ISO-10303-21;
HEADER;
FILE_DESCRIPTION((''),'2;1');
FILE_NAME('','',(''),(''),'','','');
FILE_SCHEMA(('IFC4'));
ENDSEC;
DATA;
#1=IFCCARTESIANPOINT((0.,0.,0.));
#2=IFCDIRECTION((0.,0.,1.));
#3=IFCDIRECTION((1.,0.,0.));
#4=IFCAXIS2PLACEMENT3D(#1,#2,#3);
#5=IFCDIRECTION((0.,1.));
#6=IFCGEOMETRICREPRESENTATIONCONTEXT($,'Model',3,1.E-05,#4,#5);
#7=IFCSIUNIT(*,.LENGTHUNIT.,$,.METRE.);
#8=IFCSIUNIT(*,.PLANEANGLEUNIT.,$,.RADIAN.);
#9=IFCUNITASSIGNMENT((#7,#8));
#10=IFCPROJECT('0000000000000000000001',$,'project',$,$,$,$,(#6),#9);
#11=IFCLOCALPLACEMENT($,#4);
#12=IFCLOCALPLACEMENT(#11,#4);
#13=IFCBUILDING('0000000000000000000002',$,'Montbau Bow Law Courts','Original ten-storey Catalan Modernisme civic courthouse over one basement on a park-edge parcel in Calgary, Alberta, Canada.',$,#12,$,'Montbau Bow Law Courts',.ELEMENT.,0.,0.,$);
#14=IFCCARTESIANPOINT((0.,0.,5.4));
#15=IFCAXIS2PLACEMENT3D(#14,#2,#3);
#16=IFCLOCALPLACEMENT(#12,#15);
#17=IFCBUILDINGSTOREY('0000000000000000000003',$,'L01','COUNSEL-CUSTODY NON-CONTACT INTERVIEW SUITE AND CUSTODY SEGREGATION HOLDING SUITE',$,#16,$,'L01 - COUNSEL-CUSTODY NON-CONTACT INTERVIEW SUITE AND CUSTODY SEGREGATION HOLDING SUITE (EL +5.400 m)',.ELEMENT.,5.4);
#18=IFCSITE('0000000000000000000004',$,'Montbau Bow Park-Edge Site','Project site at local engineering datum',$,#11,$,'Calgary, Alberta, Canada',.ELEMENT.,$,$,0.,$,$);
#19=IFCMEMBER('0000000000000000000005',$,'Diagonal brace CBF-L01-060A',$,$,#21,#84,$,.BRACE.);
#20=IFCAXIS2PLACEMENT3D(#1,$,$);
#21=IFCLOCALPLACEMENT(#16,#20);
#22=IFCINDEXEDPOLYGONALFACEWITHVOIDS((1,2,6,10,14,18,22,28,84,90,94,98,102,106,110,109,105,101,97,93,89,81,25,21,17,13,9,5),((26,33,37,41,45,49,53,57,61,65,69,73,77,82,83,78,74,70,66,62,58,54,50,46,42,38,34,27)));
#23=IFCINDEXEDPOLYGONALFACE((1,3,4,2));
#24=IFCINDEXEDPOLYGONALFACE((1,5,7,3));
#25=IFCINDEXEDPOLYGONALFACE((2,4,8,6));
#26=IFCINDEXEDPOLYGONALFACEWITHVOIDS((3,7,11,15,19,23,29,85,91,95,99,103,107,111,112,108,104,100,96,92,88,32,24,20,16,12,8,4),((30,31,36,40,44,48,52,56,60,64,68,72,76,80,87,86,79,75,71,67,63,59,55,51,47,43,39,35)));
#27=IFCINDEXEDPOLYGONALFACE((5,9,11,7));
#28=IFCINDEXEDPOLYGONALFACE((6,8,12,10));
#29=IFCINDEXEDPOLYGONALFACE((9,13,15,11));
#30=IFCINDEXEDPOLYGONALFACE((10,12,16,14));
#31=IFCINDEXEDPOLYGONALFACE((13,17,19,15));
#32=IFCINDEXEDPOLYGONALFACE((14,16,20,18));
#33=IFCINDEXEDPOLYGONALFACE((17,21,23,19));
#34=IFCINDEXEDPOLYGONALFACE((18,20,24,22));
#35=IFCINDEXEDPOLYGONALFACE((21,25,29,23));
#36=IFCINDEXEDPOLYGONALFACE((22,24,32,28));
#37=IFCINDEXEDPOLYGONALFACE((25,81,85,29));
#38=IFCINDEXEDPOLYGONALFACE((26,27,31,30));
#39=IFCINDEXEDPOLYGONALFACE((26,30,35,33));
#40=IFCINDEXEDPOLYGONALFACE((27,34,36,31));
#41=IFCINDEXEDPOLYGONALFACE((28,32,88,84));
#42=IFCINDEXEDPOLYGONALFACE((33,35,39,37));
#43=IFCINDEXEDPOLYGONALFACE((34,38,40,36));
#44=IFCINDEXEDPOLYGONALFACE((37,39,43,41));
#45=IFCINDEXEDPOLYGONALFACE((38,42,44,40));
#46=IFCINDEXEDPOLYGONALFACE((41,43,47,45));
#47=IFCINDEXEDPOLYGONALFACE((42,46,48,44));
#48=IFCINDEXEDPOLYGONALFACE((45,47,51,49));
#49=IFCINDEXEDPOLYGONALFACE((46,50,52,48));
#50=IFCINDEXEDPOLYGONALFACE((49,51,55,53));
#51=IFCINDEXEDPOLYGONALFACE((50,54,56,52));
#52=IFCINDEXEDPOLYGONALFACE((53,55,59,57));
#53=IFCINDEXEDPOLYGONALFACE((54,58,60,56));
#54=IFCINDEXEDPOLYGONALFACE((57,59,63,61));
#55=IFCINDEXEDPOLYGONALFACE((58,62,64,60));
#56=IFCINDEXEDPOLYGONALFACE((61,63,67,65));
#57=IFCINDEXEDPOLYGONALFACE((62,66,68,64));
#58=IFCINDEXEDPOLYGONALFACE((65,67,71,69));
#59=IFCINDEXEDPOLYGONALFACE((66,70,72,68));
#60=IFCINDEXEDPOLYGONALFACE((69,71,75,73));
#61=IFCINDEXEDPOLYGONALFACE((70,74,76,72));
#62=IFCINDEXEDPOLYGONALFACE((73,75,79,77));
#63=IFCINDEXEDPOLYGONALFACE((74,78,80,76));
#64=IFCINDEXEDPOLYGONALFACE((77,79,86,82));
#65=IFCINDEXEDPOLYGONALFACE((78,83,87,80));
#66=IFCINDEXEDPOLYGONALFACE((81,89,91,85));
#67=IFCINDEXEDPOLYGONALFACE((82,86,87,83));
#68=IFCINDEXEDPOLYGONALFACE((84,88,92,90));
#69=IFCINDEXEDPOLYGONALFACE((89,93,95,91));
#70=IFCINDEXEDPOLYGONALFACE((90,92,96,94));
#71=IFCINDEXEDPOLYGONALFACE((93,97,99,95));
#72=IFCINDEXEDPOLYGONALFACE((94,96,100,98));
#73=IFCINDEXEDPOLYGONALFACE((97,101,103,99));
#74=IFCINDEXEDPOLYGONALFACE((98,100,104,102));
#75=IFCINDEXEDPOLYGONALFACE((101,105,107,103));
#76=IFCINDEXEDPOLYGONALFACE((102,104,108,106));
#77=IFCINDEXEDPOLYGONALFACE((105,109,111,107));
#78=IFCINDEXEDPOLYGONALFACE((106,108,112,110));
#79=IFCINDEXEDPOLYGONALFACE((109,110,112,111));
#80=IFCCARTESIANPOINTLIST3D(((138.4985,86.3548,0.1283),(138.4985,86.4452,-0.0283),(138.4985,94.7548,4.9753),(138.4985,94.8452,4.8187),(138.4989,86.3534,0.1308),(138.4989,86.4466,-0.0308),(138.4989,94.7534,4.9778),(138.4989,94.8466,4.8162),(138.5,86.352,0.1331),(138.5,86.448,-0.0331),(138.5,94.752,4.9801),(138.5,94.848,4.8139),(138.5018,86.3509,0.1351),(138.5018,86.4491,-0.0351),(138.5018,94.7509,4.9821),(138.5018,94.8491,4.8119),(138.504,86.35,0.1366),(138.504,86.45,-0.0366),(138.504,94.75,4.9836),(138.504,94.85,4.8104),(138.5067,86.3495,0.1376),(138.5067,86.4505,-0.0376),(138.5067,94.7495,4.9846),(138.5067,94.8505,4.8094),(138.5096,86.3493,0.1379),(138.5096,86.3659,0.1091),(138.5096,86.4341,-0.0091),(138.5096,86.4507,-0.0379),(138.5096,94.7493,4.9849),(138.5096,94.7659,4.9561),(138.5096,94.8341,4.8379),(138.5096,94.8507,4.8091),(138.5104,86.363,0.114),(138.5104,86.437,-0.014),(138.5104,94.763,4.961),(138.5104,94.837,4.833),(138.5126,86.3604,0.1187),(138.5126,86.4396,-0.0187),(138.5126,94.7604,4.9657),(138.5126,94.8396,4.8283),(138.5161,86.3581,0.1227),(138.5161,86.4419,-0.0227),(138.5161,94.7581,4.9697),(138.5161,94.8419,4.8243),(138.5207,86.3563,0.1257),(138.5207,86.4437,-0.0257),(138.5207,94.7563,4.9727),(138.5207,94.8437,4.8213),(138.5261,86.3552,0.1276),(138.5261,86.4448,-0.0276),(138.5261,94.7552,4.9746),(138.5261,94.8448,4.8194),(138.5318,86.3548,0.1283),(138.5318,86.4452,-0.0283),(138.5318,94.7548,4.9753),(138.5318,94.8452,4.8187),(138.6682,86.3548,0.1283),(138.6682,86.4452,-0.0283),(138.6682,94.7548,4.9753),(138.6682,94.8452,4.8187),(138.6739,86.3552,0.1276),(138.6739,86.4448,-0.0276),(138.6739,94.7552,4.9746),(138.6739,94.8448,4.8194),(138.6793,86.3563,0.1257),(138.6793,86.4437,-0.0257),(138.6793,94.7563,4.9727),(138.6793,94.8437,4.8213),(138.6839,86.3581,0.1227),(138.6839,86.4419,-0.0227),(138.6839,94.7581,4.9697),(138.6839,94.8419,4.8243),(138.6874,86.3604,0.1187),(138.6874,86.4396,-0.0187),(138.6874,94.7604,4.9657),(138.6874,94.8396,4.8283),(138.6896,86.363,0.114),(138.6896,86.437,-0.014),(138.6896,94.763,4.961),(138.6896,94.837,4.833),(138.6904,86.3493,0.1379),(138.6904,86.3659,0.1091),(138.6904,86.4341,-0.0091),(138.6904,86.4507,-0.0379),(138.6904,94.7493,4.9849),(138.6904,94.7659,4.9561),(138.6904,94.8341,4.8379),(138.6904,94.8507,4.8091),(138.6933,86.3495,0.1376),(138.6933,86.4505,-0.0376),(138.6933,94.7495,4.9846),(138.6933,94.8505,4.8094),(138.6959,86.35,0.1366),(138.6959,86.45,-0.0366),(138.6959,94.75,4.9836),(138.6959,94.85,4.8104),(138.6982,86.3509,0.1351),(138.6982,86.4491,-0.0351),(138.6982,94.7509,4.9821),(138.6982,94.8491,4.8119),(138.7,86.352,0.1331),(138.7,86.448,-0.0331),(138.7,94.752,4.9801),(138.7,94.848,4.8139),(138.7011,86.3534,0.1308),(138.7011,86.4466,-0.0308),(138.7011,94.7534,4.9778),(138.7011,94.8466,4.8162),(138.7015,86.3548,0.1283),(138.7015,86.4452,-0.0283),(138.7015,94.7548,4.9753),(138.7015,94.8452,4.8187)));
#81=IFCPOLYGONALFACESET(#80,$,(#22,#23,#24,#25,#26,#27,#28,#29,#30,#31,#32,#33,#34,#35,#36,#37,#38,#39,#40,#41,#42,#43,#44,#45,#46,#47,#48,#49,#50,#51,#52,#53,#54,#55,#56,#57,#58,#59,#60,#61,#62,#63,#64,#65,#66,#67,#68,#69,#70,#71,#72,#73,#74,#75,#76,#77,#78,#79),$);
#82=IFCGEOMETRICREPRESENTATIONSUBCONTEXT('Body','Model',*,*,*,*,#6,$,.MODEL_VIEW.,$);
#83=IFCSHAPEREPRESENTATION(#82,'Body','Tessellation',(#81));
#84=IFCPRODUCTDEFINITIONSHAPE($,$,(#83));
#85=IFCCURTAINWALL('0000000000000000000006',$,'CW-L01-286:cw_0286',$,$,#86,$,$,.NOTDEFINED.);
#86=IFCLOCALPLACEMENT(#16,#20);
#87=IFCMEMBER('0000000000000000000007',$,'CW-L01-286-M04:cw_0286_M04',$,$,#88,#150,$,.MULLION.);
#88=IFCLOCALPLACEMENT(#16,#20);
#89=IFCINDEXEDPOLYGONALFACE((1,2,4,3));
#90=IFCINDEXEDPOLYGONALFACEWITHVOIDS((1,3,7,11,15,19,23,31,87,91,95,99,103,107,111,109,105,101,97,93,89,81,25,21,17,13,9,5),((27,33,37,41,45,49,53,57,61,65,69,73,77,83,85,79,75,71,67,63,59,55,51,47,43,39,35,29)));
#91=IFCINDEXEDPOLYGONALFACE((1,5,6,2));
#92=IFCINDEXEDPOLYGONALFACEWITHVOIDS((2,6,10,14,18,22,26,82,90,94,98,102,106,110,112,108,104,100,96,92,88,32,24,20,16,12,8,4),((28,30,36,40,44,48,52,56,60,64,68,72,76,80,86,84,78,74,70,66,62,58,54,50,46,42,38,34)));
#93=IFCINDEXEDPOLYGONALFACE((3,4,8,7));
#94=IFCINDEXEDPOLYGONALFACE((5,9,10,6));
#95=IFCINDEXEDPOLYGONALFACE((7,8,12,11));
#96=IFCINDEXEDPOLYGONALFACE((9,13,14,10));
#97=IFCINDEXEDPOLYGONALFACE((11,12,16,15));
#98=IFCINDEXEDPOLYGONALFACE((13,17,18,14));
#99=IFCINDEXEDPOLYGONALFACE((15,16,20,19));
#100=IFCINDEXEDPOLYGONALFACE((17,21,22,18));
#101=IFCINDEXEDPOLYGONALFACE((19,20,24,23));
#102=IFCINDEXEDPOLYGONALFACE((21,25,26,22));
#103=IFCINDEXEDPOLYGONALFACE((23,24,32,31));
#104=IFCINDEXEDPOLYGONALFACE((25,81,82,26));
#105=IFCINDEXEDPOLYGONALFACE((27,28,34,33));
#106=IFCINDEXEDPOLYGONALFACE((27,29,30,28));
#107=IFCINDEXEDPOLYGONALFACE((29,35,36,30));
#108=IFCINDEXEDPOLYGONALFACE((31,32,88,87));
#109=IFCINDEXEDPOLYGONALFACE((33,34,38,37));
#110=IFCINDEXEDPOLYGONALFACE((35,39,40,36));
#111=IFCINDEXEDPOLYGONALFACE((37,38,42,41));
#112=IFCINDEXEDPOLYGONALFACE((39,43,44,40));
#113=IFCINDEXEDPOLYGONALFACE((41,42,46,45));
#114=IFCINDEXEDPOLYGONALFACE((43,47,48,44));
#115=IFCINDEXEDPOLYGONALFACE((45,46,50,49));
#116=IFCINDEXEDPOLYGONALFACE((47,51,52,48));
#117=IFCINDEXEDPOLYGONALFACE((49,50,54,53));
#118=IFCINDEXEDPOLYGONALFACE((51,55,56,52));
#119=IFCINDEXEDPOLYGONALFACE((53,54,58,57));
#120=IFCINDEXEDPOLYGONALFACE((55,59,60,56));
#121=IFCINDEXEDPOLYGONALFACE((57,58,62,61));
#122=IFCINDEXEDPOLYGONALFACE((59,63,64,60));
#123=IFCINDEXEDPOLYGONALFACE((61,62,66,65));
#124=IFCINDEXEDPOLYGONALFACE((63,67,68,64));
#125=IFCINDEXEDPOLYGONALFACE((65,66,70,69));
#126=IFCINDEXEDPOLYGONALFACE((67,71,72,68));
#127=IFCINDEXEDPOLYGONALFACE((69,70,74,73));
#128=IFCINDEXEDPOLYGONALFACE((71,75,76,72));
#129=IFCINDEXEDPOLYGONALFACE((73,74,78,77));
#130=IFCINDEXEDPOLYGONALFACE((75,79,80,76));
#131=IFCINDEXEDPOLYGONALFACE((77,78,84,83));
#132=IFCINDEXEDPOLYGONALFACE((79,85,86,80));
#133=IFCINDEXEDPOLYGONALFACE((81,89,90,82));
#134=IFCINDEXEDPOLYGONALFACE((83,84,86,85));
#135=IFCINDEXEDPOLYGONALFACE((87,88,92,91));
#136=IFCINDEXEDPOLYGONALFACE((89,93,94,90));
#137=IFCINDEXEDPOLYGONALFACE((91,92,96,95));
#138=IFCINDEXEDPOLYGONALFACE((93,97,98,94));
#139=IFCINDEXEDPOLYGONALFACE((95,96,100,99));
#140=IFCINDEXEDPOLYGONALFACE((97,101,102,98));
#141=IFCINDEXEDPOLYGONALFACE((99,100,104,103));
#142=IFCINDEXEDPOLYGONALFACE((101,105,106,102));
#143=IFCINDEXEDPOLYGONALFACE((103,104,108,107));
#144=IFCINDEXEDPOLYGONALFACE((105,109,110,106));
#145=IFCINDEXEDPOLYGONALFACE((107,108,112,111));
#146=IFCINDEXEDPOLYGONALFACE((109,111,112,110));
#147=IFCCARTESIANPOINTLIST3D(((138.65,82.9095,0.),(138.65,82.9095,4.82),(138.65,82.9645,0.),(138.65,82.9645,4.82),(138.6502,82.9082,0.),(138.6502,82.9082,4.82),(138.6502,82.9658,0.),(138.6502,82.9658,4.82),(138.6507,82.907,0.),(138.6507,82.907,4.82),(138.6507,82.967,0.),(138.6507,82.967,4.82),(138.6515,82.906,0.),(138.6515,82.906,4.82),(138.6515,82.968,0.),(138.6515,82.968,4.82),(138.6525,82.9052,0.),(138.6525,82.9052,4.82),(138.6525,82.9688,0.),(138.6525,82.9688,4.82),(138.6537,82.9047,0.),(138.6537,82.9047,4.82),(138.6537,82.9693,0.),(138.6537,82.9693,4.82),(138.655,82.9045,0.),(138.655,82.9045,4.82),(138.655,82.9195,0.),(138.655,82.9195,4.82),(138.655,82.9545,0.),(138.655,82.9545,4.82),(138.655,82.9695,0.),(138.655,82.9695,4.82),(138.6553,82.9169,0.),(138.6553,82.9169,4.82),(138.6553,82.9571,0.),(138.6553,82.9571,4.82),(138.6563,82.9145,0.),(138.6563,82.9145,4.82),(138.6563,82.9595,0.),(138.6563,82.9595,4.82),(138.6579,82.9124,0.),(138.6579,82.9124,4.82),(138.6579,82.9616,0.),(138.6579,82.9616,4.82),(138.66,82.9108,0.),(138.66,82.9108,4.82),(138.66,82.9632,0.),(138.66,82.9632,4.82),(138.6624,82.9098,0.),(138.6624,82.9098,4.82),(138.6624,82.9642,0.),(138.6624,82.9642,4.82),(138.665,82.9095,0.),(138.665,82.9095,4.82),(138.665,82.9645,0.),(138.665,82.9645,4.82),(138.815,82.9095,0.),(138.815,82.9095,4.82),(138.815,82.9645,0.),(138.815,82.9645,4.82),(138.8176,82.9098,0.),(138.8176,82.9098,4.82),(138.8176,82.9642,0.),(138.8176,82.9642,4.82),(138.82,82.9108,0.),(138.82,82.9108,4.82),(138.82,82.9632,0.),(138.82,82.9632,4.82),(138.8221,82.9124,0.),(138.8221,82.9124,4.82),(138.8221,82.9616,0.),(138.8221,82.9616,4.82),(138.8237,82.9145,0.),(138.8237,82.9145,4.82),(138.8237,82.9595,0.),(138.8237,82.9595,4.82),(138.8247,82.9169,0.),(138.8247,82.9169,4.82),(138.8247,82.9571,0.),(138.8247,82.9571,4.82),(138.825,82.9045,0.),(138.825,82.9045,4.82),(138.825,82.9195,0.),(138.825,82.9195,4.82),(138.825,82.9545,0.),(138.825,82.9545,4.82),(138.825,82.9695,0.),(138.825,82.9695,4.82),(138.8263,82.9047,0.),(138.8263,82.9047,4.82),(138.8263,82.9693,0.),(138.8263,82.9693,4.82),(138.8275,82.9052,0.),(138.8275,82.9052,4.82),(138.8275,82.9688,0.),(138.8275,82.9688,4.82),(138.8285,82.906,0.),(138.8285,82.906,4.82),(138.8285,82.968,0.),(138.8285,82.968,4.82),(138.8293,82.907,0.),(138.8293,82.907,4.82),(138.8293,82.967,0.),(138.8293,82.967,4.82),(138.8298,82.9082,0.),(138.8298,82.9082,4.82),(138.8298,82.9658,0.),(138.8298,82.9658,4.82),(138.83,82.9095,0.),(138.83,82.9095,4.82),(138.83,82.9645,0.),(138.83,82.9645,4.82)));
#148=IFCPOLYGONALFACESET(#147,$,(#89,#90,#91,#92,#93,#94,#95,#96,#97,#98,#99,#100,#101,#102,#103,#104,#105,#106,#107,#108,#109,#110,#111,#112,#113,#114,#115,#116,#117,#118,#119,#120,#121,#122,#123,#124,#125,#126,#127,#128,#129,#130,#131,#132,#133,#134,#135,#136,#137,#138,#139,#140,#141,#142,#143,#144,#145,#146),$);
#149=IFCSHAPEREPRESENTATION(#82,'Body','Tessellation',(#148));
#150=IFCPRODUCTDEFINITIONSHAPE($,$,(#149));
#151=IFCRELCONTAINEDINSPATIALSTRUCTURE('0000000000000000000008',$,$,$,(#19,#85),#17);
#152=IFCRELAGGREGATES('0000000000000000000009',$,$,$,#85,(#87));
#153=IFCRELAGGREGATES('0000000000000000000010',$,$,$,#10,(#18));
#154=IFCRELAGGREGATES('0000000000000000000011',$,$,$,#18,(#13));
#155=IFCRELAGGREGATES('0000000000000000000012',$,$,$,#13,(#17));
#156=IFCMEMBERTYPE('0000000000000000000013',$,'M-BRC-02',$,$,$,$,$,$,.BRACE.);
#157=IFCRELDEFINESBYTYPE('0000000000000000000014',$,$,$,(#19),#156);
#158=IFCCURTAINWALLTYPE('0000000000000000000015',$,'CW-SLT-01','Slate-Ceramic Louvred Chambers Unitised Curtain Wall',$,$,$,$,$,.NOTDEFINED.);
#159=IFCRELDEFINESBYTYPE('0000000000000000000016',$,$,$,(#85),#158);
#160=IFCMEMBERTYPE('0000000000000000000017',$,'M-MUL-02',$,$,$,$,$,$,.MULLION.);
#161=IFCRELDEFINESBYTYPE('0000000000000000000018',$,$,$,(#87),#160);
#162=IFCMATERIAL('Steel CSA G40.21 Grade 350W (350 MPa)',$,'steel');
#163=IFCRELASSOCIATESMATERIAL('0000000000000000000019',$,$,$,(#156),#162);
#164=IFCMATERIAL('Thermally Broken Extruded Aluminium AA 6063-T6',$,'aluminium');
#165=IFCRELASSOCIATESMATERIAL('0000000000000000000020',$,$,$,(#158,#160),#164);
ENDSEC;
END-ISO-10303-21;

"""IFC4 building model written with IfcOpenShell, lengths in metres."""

from ifc_helpers import new_model, si_unit, direction, frame, origin_with_axes, origin_2d_with_axis, place, context, subcontext, project, spatial, hollow_rectangle, extrude, material, material_profile, profile_set, type_object, element, aggregate, save


model = new_model("IFC4")

# Units and contexts
model_context = context("Model", 3, precision=1e-05, world=origin_with_axes(), true_north=direction((0.0, 1.0)))
body_context = subcontext(model_context, "Body", "Model", "MODEL_VIEW")
ifc_project = project(units=[si_unit("LENGTHUNIT", "METRE"), si_unit("PLANEANGLEUNIT", "RADIAN")], contexts=[model_context])

# Site, building, storey
site_placement = place(None, origin_with_axes())
site = spatial("IfcSite", under=ifc_project, at=site_placement, Name="Montbau Bow Park-Edge Site", Description="Project site at local engineering datum", LongName="Calgary, Alberta, Canada", CompositionType="ELEMENT", RefElevation=0.0)
building_placement = place(site_placement, origin_with_axes())
building = spatial("IfcBuilding", under=site, at=building_placement, Name="Montbau Bow Law Courts", Description="Original ten-storey Catalan Modernisme civic courthouse over one basement on a park-edge parcel in Calgary, Alberta, Canada.", LongName="Montbau Bow Law Courts", CompositionType="ELEMENT", ElevationOfRefHeight=0.0, ElevationOfTerrain=0.0)
storey_placement = place(building_placement, frame((0.0, 0.0, 5.4), z_axis=(0.0, 0.0, 1.0), x_axis=(1.0, 0.0, 0.0)))
storey = spatial("IfcBuildingStorey", under=building, at=storey_placement, Name="L01", Description="COUNSEL-CUSTODY NON-CONTACT INTERVIEW SUITE AND CUSTODY SEGREGATION HOLDING SUITE", LongName="L01 - COUNSEL-CUSTODY NON-CONTACT INTERVIEW SUITE AND CUSTODY SEGREGATION HOLDING SUITE (EL +5.400 m)", CompositionType="ELEMENT", Elevation=5.4)

# Shared definitions
ifc_material_1 = material(Name="Steel CSA G40.21 Grade 350W (350 MPa)", Category="steel")

# Member
ifc_material_profile_1 = material_profile(ifc_material_1, hollow_rectangle(XDim=0.203, YDim=0.203, WallThickness=0.0111, InnerFilletRadius=0.0222, OuterFilletRadius=0.0111, at=origin_2d_with_axis()), Name="HSS203X203X11", Category="Main", Priority=0)
ifc_profile_set_1 = profile_set([ifc_material_profile_1], Name="Steel CSA G40.21 Grade 350W (350 MPa)")
member_type_1 = type_object("IfcMemberType", Name="M-BRC-02", PredefinedType="BRACE", material=ifc_profile_set_1)
member_1_placement = place(None, frame((138.6, 86.4, 5.45), z_axis=(0.0, 0.866148, 0.499788), x_axis=(-1.0, 0.0, 0.0)))
element("IfcMember", 1, at=member_1_placement, inside=storey, type_object=member_type_1, Name="Diagonal brace CBF-L01-060A", PredefinedType="BRACE", context=body_context, shape_type="SweptSolid", body=[
    extrude(hollow_rectangle(XDim=0.203, YDim=0.203, WallThickness=0.0111, InnerFilletRadius=0.0222, OuterFilletRadius=0.0111, at=origin_2d_with_axis()), origin_with_axes(), (0.0, 0.0, 1.0), 9.6981),
])

# Curtain wall, member
ifc_material_2 = material(Name="Thermally Broken Extruded Aluminium AA 6063-T6", Category="aluminium")
curtain_wall_type = type_object("IfcCurtainWallType", Name="CW-SLT-01", Description="Slate-Ceramic Louvred Chambers Unitised Curtain Wall", PredefinedType="NOTDEFINED", material=ifc_material_2)
curtain_wall_placement = place(None, frame((138.74, 78.515, 5.4), z_axis=(0.0, 0.0, 1.0), x_axis=(1.0, 0.0, 0.0)))
curtain_wall = element("IfcCurtainWall", 2, at=curtain_wall_placement, inside=storey, type_object=curtain_wall_type, Name="CW-L01-286:cw_0286", PredefinedType="NOTDEFINED")
ifc_material_profile_2 = material_profile(ifc_material_2, hollow_rectangle(XDim=0.065, YDim=0.18, WallThickness=0.005, InnerFilletRadius=0.01, OuterFilletRadius=0.005, at=origin_2d_with_axis()), Name="CWM-180X65", Category="Main", Priority=0)
ifc_profile_set_2 = profile_set([ifc_material_profile_2], Name="Thermally Broken Extruded Aluminium AA 6063-T6")
member_type_2 = type_object("IfcMemberType", Name="M-MUL-02", PredefinedType="MULLION", material=ifc_profile_set_2)
member_2_placement = place(None, frame((138.74, 82.937, 5.4), z_axis=(0.0, 0.0, 1.0), x_axis=(0.0, 1.0, 0.0)))
member_2 = element("IfcMember", 3, at=member_2_placement, type_object=member_type_2, Name="CW-L01-286-M04:cw_0286_M04", PredefinedType="MULLION", context=body_context, shape_type="SweptSolid", body=[
    extrude(hollow_rectangle(XDim=0.065, YDim=0.18, WallThickness=0.005, InnerFilletRadius=0.01, OuterFilletRadius=0.005, at=origin_2d_with_axis()), origin_with_axes(), (0.0, 0.0, 1.0), 4.82),
])
aggregate(curtain_wall, [member_2])

save(model, "model.ifc")
